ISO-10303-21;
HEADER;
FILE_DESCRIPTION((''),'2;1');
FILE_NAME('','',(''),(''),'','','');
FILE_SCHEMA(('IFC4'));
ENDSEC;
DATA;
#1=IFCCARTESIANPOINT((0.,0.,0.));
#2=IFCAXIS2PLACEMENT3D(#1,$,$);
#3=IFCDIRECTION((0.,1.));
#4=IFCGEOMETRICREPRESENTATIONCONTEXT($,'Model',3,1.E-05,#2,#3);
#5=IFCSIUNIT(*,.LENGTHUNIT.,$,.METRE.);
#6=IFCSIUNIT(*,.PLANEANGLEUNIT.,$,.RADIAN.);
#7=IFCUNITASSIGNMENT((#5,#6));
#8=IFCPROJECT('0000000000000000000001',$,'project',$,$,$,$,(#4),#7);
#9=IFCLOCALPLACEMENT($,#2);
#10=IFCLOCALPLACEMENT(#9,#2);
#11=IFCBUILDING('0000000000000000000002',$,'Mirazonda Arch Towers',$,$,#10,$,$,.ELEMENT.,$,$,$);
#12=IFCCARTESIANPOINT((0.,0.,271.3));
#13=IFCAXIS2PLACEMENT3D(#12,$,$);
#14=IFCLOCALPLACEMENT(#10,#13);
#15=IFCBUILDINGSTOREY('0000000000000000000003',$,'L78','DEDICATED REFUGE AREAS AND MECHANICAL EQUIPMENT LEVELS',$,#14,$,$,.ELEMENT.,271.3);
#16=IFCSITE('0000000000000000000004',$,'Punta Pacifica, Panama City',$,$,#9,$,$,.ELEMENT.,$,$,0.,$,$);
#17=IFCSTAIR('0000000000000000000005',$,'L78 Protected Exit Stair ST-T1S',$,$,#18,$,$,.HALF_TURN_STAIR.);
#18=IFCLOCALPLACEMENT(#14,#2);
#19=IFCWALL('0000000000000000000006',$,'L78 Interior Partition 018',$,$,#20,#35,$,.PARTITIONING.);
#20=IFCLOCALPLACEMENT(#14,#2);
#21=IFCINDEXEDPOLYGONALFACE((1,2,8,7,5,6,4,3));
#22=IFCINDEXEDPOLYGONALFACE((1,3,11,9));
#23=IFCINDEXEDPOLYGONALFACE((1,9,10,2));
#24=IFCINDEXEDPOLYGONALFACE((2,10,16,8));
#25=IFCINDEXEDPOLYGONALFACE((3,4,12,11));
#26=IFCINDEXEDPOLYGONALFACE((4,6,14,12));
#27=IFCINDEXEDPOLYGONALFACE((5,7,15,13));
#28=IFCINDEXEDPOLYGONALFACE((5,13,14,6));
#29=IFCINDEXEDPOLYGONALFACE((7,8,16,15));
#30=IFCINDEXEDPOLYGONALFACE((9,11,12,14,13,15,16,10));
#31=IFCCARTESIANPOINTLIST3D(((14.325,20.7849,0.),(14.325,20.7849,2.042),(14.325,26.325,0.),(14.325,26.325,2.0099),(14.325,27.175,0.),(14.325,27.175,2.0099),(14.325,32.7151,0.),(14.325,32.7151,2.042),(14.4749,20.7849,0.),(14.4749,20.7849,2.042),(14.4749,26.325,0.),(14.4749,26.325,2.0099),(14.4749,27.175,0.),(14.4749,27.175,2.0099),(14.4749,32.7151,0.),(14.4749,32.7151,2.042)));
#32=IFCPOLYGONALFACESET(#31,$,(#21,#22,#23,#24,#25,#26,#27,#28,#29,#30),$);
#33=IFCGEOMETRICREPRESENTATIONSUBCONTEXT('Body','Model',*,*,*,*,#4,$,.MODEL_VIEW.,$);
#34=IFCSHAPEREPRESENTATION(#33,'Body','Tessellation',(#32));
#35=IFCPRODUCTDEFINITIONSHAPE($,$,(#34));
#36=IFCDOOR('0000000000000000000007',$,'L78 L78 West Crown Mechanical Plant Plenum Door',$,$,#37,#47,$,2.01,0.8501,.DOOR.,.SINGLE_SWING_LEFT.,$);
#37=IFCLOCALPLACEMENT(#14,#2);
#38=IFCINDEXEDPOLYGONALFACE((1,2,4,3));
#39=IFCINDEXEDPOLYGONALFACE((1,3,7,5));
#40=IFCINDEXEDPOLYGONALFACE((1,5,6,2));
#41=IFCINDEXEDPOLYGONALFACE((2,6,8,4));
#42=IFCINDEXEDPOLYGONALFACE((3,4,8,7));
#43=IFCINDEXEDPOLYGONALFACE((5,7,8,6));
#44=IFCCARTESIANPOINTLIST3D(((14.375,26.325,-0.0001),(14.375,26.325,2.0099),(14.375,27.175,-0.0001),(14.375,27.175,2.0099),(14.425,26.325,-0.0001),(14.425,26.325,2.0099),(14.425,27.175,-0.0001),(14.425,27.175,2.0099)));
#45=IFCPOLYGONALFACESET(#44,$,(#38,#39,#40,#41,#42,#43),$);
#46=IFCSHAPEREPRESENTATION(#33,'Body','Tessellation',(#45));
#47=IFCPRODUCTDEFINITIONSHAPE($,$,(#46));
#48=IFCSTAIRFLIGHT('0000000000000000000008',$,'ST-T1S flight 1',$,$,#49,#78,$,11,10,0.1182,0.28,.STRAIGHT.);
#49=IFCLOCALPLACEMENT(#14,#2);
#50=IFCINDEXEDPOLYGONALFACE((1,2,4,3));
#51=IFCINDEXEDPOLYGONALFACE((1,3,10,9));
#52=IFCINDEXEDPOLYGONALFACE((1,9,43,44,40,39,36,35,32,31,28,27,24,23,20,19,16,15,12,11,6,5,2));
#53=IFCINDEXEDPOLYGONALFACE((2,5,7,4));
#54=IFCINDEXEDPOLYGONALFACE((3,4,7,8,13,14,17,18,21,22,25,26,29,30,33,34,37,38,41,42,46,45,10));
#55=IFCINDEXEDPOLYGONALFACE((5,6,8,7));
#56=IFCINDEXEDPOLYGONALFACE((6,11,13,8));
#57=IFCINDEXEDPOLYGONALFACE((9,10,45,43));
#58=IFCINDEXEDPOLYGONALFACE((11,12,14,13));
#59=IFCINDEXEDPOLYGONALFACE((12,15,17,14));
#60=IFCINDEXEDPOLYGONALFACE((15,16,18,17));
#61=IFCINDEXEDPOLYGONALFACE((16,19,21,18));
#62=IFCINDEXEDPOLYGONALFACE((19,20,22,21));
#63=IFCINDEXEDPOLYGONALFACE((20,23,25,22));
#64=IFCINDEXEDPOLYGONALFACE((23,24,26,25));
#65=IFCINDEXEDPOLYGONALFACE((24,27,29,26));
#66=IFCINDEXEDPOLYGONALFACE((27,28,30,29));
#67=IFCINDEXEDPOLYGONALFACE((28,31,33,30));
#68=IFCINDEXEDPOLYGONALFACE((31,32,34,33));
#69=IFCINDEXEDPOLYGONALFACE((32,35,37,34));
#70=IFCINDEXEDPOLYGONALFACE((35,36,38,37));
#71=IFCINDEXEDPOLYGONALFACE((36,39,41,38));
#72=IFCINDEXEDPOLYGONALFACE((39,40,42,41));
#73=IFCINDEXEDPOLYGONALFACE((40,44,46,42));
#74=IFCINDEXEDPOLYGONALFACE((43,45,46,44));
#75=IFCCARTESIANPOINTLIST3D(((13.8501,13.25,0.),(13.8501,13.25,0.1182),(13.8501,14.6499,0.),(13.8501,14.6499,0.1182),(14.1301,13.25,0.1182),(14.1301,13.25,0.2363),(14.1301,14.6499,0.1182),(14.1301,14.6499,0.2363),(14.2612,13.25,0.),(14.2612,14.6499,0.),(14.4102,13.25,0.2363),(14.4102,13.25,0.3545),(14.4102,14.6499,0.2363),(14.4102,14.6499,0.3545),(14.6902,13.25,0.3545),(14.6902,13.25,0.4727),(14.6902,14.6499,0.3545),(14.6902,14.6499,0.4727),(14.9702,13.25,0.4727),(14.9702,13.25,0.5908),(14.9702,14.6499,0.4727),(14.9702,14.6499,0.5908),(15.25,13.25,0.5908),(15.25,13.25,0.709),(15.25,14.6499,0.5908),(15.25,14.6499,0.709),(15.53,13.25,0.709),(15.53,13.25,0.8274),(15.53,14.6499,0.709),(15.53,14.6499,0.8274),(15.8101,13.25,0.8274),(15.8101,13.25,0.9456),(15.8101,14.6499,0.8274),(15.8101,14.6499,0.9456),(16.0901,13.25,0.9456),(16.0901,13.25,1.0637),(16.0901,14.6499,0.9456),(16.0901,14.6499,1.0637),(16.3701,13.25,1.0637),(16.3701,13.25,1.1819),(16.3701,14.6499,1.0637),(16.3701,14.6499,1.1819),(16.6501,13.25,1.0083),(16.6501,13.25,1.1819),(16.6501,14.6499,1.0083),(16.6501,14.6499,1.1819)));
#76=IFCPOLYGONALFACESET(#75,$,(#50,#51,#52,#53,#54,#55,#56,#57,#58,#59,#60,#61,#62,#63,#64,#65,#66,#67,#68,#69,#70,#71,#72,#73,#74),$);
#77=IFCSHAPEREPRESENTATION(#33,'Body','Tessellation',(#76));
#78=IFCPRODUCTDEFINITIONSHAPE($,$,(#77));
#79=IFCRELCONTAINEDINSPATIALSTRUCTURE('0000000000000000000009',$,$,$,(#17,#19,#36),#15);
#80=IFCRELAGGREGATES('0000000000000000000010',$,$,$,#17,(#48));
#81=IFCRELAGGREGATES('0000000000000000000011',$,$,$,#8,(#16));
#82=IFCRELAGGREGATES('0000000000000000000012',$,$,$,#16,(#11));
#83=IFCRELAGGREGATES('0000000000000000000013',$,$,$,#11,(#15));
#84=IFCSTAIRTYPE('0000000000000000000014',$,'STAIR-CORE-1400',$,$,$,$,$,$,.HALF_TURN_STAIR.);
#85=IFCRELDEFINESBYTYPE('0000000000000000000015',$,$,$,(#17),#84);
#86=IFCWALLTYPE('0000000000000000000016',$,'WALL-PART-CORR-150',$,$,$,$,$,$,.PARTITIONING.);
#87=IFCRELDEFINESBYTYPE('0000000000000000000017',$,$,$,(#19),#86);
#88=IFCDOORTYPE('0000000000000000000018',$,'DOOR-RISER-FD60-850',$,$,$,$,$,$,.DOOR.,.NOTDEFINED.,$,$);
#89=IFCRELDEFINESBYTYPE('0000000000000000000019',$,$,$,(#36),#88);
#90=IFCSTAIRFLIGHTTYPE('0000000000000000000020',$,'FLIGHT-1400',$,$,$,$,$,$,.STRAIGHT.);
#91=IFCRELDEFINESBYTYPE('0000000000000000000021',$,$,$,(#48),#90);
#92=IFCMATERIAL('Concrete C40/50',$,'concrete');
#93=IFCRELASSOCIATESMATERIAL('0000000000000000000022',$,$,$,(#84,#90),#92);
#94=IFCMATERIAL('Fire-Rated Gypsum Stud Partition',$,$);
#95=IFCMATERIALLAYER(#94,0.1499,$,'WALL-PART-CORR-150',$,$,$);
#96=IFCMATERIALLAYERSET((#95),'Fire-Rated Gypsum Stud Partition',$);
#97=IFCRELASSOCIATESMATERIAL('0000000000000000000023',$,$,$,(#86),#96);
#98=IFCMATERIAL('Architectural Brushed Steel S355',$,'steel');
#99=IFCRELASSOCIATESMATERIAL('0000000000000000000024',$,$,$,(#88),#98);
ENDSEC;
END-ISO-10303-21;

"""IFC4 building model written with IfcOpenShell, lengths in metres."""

from ifc_helpers import new_model, si_unit, direction, frame, frame_2d, origin, place, context, subcontext, project, spatial, polyline, rectangle, outline, extrude, material, layer, layer_set, type_object, element, fill, aggregate, save


model = new_model("IFC4")

# Units and contexts
model_context = context("Model", 3, precision=1e-05, world=origin(), true_north=direction((0.0, 1.0)))
body_context = subcontext(model_context, "Body", "Model", "MODEL_VIEW")
ifc_project = project(units=[si_unit("LENGTHUNIT", "METRE"), si_unit("PLANEANGLEUNIT", "RADIAN")], contexts=[model_context])

# Site, building, storey
site_placement = place(None, origin())
site = spatial("IfcSite", under=ifc_project, at=site_placement, Name="Punta Pacifica, Panama City", CompositionType="ELEMENT", RefElevation=0.0)
building_placement = place(site_placement, origin())
building = spatial("IfcBuilding", under=site, at=building_placement, Name="Mirazonda Arch Towers", CompositionType="ELEMENT")
storey_placement = place(building_placement, frame((0.0, 0.0, 271.3)))
storey = spatial("IfcBuildingStorey", under=building, at=storey_placement, Name="L78", Description="DEDICATED REFUGE AREAS AND MECHANICAL EQUIPMENT LEVELS", CompositionType="ELEMENT", Elevation=271.3)

# Stair
ifc_material_1 = material(Name="Concrete C40/50", Category="concrete")
stair_type = type_object("IfcStairType", Name="STAIR-CORE-1400", PredefinedType="HALF_TURN_STAIR", material=ifc_material_1)
stair_1_placement = place(storey_placement, origin())
stair_1 = element("IfcStair", 1, at=stair_1_placement, inside=storey, type_object=stair_type, Name="L78 Protected Exit Stair ST-T1S", PredefinedType="HALF_TURN_STAIR")

# Shared definitions
ifc_material_2 = material(Name="Architectural Brushed Steel S355", Category="steel")

# Shared definitions
ifc_material_3 = material(Name="Fire-Rated Gypsum Stud Partition")
ifc_layer_1 = layer(ifc_material_3, 0.1499, Name="WALL-PART-CORR-150")
ifc_layer_set_1 = layer_set([ifc_layer_1], Name="Fire-Rated Gypsum Stud Partition")
wall_type_1 = type_object("IfcWallType", Name="WALL-PART-CORR-150", PredefinedType="PARTITIONING", material=ifc_layer_set_1)

# Wall, opening, door
wall_1_placement = place(storey_placement, frame((14.3999, 20.7849, 0.0), z_axis=(0.0, 0.0, 1.0), x_axis=(0.0, 1.0, 0.0)))
wall_1 = element("IfcWall", 2, at=wall_1_placement, inside=storey, type_object=wall_type_1, Name="L78 Interior Partition 018", PredefinedType="PARTITIONING", context=body_context, shape_type="SweptSolid", body=[
    extrude(rectangle(XDim=11.9302, YDim=0.1499, at=frame_2d((5.9651, 0.0))), origin(), (0.0, 0.0, 1.0), 2.042),
])
opening_1_placement = place(wall_1_placement, frame((5.54, 0.0, 0.0)))
opening_1 = element("IfcOpeningElement", 3, at=opening_1_placement, cuts=wall_1, PredefinedType="OPENING", context=body_context, shape_type="SweptSolid", body=[
    extrude(rectangle(XDim=0.8501, YDim=2.01, at=frame_2d((0.425, 1.0049))), frame((0.0, 0.085, 0.0), z_axis=(0.0, -1.0, 0.0), x_axis=(1.0, 0.0, 0.0)), (0.0, 0.0, 1.0), 0.1699),
])
door_type_1 = type_object("IfcDoorType", Name="DOOR-RISER-FD60-850", OperationType="NOTDEFINED", PredefinedType="DOOR", material=ifc_material_2)
door_1_placement = place(opening_1_placement, origin())
door_1 = element("IfcDoor", 4, at=door_1_placement, inside=storey, type_object=door_type_1, Name="L78 L78 West Crown Mechanical Plant Plenum Door", OperationType="SINGLE_SWING_LEFT", OverallHeight=2.01, OverallWidth=0.8501, PredefinedType="DOOR", context=body_context, shape_type="SweptSolid", body=[
    extrude(rectangle(XDim=0.8501, YDim=2.01, at=frame_2d((0.425, 1.0049))), frame((0.0, 0.0249, 0.0), z_axis=(0.0, -1.0, 0.0), x_axis=(1.0, 0.0, 0.0)), (0.0, 0.0, 1.0), 0.05),
])
fill(opening_1, door_1)

# Stair flight
stair_flight_type = type_object("IfcStairFlightType", Name="FLIGHT-1400", PredefinedType="STRAIGHT", material=ifc_material_1)
stair_flight_placement = place(storey_placement, frame((13.8501, 13.95, 0.0), z_axis=(0.0, 0.0, 1.0), x_axis=(1.0, 0.0, 0.0)))
stair_flight = element("IfcStairFlight", 5, at=stair_flight_placement, type_object=stair_flight_type, Name="ST-T1S flight 1", NumberOfRisers=11, NumberOfTreads=10, PredefinedType="STRAIGHT", RiserHeight=0.1182, TreadLength=0.28, context=body_context, shape_type="SweptSolid", body=[
    extrude(outline(polyline([(0.0, 0.0), (0.0, 0.1182), (0.28, 0.1182), (0.28, 0.2363), (0.5601, 0.2363), (0.5601, 0.3545), (0.8401, 0.3545), (0.8401, 0.4727), (1.1201, 0.4727), (1.1201, 0.5908), (1.3999, 0.5908), (1.3999, 0.709), (1.6799, 0.709), (1.6799, 0.8274), (1.96, 0.8274), (1.96, 0.9456), (2.24, 0.9456), (2.24, 1.0637), (2.52, 1.0637), (2.52, 1.1819), (2.8, 1.1819), (2.8, 1.3), (2.8, 1.0083), (0.4111, 0.0), (0.0, 0.0)])), frame((0.0, 0.7, 0.0), z_axis=(0.0, -1.0, 0.0), x_axis=(1.0, 0.0, 0.0)), (0.0, 0.0, 1.0), 1.3999),
])
aggregate(stair_1, [stair_flight])

save(model, "model.ifc")
